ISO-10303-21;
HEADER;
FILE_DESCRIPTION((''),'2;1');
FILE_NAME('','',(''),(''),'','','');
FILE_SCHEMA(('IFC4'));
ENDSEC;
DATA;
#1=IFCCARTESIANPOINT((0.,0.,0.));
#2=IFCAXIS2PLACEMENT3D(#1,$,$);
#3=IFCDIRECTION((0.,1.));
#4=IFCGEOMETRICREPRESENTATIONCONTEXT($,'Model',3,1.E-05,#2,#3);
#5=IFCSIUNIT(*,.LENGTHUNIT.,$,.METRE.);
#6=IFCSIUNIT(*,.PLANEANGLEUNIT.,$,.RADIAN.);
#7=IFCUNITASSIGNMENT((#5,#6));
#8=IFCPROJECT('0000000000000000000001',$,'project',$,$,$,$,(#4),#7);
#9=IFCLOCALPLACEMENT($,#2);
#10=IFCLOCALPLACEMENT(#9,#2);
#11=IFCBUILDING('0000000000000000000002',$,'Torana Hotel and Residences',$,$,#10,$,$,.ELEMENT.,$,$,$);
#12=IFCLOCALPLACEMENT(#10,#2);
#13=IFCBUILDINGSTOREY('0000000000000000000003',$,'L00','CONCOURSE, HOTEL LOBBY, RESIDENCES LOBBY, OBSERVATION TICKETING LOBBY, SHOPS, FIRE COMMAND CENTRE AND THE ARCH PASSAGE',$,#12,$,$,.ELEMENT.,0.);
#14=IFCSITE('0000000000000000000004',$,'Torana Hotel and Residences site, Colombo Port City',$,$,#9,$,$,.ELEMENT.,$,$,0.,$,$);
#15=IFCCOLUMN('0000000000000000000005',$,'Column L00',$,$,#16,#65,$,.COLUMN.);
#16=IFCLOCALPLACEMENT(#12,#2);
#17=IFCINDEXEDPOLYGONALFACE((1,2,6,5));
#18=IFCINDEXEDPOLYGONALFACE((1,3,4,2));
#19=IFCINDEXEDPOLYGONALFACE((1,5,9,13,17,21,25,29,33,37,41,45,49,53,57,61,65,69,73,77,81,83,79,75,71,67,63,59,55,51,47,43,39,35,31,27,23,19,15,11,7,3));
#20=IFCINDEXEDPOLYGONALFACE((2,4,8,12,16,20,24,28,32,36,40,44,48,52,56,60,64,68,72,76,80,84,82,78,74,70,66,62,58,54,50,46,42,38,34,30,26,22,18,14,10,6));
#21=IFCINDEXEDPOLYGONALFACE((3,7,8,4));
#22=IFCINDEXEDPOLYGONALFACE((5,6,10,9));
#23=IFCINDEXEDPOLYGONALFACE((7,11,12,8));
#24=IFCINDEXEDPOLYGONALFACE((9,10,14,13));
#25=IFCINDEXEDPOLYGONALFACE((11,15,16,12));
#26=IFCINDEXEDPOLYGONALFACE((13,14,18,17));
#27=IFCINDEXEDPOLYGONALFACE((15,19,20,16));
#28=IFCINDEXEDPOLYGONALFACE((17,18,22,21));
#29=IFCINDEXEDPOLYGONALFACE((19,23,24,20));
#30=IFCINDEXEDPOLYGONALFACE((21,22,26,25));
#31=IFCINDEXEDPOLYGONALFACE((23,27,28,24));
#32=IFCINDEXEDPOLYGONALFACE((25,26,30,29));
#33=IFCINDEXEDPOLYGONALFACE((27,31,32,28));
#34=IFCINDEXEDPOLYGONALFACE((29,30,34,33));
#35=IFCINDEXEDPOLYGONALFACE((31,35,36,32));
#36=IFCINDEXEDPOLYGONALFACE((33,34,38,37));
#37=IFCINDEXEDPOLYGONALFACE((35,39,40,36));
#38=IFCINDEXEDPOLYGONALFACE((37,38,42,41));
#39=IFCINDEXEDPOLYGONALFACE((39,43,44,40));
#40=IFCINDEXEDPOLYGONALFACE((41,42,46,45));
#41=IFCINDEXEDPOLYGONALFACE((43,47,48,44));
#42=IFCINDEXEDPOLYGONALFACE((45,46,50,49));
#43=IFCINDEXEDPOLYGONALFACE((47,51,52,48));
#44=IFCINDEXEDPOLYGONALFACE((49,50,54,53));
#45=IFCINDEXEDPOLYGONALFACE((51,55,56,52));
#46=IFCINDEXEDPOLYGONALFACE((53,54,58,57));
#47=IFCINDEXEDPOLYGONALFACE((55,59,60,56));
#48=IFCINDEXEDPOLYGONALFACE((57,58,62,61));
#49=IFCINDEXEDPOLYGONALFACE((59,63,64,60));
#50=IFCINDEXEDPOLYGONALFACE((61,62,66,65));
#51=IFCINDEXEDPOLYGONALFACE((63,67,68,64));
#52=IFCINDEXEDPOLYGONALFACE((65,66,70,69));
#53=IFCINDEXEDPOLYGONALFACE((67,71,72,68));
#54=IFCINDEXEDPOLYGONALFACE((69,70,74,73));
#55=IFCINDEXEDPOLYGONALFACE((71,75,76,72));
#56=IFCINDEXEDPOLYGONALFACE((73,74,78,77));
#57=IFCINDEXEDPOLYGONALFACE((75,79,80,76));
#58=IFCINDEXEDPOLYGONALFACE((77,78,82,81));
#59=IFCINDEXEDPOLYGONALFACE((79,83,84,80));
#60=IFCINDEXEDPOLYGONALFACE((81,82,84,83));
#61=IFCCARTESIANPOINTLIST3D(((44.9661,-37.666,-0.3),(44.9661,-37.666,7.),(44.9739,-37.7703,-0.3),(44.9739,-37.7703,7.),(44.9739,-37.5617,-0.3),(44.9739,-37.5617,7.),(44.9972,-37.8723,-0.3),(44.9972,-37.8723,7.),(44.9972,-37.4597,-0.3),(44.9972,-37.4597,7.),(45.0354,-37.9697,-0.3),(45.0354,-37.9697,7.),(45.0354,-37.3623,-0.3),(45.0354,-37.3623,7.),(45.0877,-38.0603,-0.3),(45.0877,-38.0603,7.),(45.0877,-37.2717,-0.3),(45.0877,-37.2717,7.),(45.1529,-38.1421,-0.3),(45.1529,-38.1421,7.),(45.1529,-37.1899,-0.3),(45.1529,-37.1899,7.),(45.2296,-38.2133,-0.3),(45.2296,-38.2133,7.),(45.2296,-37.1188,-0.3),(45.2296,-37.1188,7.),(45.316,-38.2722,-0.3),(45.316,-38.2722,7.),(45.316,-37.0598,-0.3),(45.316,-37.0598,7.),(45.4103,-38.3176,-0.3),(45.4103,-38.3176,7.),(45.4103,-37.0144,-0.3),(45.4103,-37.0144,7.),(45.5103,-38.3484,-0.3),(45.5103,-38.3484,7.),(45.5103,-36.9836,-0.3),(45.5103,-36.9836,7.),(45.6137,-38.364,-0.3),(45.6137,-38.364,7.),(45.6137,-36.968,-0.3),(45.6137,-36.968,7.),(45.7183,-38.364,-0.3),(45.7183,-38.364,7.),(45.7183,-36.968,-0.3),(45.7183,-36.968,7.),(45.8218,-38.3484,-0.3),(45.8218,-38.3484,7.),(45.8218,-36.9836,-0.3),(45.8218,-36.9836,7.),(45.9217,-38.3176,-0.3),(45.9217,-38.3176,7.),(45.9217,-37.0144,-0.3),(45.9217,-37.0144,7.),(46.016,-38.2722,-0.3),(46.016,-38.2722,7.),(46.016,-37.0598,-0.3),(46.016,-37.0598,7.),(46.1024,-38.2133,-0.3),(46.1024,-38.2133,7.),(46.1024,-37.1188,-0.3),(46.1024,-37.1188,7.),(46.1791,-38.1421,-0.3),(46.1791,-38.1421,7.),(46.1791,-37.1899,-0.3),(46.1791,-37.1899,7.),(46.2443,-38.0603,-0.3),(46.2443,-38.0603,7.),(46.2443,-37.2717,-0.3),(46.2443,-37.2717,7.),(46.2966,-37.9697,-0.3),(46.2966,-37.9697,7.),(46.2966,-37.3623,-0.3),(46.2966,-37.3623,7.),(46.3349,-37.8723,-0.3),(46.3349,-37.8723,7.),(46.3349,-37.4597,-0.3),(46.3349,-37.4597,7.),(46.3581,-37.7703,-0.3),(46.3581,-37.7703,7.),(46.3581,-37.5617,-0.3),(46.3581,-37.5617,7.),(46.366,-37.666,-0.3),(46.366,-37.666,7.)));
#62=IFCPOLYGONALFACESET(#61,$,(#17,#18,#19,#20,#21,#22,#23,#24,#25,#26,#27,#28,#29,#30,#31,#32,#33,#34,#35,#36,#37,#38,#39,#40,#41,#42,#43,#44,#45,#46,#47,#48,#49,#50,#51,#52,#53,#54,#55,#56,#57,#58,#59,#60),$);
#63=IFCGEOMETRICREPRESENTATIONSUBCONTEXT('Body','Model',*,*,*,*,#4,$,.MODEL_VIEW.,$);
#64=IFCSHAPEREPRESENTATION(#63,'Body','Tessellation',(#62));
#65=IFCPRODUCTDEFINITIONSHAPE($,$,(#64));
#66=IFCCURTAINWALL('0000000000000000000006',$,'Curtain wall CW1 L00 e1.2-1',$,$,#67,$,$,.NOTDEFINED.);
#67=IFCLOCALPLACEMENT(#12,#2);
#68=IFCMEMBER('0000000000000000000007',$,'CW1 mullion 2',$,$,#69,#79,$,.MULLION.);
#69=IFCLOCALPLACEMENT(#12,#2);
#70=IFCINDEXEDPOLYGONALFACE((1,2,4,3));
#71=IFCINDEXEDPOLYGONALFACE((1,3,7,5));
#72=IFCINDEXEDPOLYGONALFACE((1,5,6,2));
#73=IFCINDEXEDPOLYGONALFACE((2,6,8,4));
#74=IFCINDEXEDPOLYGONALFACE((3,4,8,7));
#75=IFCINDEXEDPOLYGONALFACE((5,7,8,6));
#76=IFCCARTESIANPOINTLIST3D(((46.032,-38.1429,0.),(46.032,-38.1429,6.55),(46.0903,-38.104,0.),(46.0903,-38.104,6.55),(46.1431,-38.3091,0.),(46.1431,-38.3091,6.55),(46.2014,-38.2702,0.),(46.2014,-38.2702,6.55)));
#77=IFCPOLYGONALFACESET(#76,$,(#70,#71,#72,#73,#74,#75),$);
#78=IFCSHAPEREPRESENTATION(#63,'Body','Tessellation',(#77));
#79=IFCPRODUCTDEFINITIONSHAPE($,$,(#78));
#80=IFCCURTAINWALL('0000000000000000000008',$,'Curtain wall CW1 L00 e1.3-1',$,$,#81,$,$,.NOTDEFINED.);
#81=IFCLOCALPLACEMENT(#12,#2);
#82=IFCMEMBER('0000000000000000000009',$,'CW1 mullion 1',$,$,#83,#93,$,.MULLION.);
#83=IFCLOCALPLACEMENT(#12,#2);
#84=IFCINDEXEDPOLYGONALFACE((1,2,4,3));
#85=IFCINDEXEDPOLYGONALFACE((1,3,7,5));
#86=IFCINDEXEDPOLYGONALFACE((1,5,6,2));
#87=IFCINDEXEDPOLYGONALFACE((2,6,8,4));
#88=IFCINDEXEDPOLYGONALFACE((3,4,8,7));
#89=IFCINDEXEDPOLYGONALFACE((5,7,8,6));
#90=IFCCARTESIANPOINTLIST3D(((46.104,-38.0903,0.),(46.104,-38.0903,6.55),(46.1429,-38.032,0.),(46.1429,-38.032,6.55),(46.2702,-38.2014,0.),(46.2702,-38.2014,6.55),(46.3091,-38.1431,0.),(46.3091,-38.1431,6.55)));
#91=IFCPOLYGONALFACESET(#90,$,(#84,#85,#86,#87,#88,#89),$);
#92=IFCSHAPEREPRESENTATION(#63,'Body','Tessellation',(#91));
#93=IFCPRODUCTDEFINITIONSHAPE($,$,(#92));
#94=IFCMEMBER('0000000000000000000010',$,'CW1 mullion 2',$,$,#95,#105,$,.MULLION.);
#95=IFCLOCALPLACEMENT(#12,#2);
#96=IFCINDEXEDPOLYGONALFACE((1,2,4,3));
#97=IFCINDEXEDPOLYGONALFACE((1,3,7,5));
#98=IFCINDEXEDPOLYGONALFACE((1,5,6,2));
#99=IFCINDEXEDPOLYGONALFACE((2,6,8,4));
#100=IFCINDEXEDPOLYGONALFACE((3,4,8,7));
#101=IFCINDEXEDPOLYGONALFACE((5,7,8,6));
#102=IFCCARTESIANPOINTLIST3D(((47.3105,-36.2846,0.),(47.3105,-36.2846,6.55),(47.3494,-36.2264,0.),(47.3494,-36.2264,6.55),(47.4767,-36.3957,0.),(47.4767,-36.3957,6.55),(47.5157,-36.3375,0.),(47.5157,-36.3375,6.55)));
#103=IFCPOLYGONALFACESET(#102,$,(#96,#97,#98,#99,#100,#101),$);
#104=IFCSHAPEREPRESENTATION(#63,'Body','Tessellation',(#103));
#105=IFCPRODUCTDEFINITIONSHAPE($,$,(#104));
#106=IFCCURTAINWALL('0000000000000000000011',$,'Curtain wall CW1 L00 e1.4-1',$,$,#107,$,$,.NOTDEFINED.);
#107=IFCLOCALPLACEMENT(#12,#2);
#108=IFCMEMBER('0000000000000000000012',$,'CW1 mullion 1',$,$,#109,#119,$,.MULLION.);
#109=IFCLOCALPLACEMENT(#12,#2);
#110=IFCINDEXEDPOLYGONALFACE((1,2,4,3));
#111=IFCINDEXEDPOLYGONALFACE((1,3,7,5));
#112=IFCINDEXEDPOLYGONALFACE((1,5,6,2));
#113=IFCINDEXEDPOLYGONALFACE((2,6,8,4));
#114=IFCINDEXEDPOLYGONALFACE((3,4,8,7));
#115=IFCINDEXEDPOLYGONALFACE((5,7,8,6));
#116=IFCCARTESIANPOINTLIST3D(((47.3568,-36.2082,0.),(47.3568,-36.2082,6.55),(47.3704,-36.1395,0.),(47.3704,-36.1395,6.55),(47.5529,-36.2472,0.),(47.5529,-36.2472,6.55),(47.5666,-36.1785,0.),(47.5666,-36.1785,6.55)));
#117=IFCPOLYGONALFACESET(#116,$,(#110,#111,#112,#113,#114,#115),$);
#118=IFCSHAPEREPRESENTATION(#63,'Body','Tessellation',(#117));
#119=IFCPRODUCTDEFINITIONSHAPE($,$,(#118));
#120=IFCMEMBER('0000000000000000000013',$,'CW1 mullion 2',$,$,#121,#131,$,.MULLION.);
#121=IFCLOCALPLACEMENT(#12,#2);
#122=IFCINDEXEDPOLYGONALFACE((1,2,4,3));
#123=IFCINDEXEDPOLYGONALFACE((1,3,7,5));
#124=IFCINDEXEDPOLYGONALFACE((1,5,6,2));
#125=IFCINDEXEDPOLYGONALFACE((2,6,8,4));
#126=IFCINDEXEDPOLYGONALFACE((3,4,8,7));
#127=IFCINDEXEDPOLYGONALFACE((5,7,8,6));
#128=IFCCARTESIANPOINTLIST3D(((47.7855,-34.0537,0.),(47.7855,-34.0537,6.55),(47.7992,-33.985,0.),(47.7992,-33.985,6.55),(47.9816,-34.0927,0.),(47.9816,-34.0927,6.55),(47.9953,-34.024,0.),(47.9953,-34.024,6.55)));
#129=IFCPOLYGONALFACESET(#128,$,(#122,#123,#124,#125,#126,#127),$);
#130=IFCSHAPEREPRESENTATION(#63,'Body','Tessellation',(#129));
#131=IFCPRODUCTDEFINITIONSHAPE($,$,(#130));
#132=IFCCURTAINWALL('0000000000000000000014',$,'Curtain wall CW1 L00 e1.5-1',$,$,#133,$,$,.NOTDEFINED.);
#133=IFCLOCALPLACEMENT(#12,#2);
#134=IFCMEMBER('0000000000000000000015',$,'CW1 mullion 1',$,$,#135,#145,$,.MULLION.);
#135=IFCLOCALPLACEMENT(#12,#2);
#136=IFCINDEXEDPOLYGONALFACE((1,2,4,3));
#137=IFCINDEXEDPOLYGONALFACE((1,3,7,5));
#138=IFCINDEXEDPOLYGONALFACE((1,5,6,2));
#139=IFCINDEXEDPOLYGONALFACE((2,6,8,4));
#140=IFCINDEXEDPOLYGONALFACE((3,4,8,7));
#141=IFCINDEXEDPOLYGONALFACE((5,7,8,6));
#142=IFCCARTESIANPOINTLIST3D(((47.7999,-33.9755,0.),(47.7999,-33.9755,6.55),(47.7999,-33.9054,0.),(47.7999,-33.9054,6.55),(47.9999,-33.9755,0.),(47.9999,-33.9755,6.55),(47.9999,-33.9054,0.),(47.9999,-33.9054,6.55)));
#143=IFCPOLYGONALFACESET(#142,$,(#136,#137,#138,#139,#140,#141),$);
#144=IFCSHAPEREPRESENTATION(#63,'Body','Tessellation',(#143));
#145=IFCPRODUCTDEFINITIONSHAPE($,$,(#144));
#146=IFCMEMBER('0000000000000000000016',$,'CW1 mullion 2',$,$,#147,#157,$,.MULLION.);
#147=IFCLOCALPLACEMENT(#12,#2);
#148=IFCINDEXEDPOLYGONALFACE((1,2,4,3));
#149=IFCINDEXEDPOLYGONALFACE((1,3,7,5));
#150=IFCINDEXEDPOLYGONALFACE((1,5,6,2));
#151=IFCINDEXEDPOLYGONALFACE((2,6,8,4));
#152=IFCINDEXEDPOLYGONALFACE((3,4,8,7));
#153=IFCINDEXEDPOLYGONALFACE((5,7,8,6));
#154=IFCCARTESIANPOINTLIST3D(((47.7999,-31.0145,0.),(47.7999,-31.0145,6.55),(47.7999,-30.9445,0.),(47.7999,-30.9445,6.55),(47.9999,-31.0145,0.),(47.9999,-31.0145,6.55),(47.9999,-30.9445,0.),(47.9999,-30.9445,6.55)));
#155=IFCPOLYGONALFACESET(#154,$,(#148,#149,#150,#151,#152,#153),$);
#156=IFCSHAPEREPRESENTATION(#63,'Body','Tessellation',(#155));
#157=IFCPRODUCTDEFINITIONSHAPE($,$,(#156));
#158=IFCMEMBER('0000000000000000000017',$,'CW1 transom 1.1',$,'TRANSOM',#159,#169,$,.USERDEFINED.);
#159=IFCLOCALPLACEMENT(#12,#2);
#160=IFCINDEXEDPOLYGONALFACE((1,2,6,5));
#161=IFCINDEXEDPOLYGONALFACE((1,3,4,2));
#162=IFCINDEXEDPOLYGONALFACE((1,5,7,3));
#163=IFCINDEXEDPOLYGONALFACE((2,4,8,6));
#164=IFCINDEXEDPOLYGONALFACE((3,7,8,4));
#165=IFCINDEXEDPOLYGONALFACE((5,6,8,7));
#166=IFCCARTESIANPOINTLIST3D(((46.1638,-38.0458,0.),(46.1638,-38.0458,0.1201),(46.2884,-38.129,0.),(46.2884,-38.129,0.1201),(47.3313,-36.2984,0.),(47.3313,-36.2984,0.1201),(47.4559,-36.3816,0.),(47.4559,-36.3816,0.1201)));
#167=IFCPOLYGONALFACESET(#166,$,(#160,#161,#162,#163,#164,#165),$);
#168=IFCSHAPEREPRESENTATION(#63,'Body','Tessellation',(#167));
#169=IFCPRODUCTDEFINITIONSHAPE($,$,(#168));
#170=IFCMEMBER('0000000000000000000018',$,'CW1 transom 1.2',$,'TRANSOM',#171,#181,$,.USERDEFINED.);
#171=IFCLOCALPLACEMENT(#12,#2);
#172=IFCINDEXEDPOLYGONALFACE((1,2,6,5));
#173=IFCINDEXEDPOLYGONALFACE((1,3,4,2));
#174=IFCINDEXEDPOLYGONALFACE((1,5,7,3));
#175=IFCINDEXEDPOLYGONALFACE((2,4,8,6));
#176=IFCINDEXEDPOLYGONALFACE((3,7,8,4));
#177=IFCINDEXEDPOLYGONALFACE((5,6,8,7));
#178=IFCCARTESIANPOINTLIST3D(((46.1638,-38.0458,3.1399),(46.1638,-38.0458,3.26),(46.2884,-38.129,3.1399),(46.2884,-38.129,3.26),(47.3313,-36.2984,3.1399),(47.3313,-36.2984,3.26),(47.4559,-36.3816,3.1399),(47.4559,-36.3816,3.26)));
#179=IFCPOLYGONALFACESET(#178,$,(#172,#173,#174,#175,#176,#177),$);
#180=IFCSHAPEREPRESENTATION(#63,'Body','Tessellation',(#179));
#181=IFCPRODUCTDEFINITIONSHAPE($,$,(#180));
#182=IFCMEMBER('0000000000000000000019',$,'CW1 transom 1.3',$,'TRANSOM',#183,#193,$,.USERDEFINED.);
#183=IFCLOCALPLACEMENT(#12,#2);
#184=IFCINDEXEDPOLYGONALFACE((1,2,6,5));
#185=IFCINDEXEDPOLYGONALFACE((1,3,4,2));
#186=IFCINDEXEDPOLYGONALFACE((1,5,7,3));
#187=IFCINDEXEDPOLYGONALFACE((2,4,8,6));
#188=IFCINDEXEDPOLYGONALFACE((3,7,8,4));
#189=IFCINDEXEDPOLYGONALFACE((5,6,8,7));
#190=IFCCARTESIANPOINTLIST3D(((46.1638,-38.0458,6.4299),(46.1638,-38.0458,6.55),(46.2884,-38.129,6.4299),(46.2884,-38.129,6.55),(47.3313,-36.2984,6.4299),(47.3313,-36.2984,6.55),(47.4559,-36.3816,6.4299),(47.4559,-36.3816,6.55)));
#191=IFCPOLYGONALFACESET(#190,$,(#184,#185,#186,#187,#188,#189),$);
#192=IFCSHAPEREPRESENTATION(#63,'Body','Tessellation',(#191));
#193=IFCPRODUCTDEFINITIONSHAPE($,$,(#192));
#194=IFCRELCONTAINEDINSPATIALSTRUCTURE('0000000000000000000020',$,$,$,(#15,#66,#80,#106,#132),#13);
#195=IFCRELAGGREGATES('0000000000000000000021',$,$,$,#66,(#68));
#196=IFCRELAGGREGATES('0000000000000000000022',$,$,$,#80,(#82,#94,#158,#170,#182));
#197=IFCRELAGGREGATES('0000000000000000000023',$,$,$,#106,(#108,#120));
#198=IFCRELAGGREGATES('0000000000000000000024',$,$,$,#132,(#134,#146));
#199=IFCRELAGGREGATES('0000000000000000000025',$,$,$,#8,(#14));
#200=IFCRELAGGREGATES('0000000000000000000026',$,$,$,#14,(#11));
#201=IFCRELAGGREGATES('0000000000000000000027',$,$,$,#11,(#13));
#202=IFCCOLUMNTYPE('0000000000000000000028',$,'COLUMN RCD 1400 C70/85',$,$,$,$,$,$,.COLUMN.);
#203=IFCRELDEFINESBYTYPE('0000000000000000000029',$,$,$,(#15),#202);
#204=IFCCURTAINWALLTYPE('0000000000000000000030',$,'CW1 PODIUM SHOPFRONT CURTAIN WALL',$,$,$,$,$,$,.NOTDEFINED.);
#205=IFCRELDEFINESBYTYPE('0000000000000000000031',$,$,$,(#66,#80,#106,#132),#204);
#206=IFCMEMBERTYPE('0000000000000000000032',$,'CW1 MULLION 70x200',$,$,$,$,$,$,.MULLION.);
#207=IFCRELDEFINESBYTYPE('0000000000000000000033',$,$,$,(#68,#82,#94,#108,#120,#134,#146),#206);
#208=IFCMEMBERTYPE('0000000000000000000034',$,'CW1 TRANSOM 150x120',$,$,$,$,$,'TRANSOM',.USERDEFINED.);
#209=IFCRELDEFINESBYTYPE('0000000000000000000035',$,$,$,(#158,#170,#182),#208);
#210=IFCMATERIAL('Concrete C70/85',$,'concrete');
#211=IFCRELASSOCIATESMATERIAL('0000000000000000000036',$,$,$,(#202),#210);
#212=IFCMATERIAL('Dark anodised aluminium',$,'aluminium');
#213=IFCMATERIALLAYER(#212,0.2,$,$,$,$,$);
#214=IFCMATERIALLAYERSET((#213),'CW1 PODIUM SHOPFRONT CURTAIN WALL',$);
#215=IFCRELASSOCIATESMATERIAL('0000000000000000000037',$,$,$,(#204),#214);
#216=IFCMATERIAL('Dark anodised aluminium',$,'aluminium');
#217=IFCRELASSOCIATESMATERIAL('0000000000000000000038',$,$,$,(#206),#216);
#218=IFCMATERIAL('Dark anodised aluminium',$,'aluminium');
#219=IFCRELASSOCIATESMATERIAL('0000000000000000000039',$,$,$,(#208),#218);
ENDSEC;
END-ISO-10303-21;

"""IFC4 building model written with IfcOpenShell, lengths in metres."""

from ifc_helpers import new_model, si_unit, direction, frame, origin, origin_2d, place, context, subcontext, project, spatial, rectangle, circle, extrude, material, layer, layer_set, material_profile, profile_set, type_object, element, aggregate, save


model = new_model("IFC4")

# Units and contexts
model_context = context("Model", 3, precision=1e-05, world=origin(), true_north=direction((0.0, 1.0)))
body_context = subcontext(model_context, "Body", "Model", "MODEL_VIEW")
ifc_project = project(units=[si_unit("LENGTHUNIT", "METRE"), si_unit("PLANEANGLEUNIT", "RADIAN")], contexts=[model_context])

# Site, building, storey
site_placement = place(None, origin())
site = spatial("IfcSite", under=ifc_project, at=site_placement, Name="Torana Hotel and Residences site, Colombo Port City", CompositionType="ELEMENT", RefElevation=0.0)
building_placement = place(site_placement, origin())
building = spatial("IfcBuilding", under=site, at=building_placement, Name="Torana Hotel and Residences", CompositionType="ELEMENT")
storey_placement = place(building_placement, origin())
storey = spatial("IfcBuildingStorey", under=building, at=storey_placement, Name="L00", Description="CONCOURSE, HOTEL LOBBY, RESIDENCES LOBBY, OBSERVATION TICKETING LOBBY, SHOPS, FIRE COMMAND CENTRE AND THE ARCH PASSAGE", CompositionType="ELEMENT", Elevation=0.0)

# Column
ifc_material_1 = material(Name="Concrete C70/85", Category="concrete")
ifc_material_profile_1 = material_profile(ifc_material_1, circle(Radius=0.7, at=origin_2d()), Name="RCD 1400")
ifc_profile_set_1 = profile_set([ifc_material_profile_1], Name="Concrete C70/85")
column_type = type_object("IfcColumnType", Name="COLUMN RCD 1400 C70/85", PredefinedType="COLUMN", material=ifc_profile_set_1)
column_placement = place(storey_placement, frame((45.666, -37.666, -0.3), z_axis=(0.0, 0.0, 1.0), x_axis=(1.0, 0.0, 0.0)))
element("IfcColumn", 1, at=column_placement, inside=storey, type_object=column_type, Name="Column L00", PredefinedType="COLUMN", context=body_context, shape_type="SweptSolid", body=[
    extrude(circle(Radius=0.7, at=origin_2d()), origin(), (0.0, 0.0, 1.0), 7.3),
])

# Curtain wall, member
ifc_material_2 = material(Name="Dark anodised aluminium", Category="aluminium")
ifc_layer_1 = layer(ifc_material_2, 0.2)
ifc_layer_set_1 = layer_set([ifc_layer_1], Name="CW1 PODIUM SHOPFRONT CURTAIN WALL")
curtain_wall_type = type_object("IfcCurtainWallType", Name="CW1 PODIUM SHOPFRONT CURTAIN WALL", PredefinedType="NOTDEFINED", material=ifc_layer_set_1)
curtain_wall_1_placement = place(storey_placement, origin())
curtain_wall_1 = element("IfcCurtainWall", 2, at=curtain_wall_1_placement, inside=storey, type_object=curtain_wall_type, Name="Curtain wall CW1 L00 e1.2-1", PredefinedType="NOTDEFINED")
ifc_material_3 = material(Name="Dark anodised aluminium", Category="aluminium")
ifc_material_profile_2 = material_profile(ifc_material_3, rectangle(XDim=0.2, YDim=0.0701, at=origin_2d()), Name="CW1 MULLION 70x200")
ifc_profile_set_2 = profile_set([ifc_material_profile_2], Name="Dark anodised aluminium")
member_type_1 = type_object("IfcMemberType", Name="CW1 MULLION 70x200", PredefinedType="MULLION", material=ifc_profile_set_2)
member_1_placement = place(storey_placement, frame((46.1167, -38.2065, 0.0), z_axis=(0.0, 0.0, 1.0), x_axis=(-0.555585, 0.83146, 0.0)))
member_1 = element("IfcMember", 3, at=member_1_placement, type_object=member_type_1, Name="CW1 mullion 2", PredefinedType="MULLION", context=body_context, shape_type="SweptSolid", body=[
    extrude(rectangle(XDim=0.2, YDim=0.0701, at=origin_2d()), origin(), (0.0, 0.0, 1.0), 6.55),
])

# Curtain walls, members
curtain_wall_2_placement = place(storey_placement, origin())
curtain_wall_2 = element("IfcCurtainWall", 4, at=curtain_wall_2_placement, inside=storey, type_object=curtain_wall_type, Name="Curtain wall CW1 L00 e1.3-1", PredefinedType="NOTDEFINED")
member_2_placement = place(storey_placement, frame((46.2065, -38.1167, 0.0), z_axis=(0.0, 0.0, 1.0), x_axis=(-0.83146, 0.555585, 0.0)))
member_2 = element("IfcMember", 5, at=member_2_placement, type_object=member_type_1, Name="CW1 mullion 1", PredefinedType="MULLION", context=body_context, shape_type="SweptSolid", body=[
    extrude(rectangle(XDim=0.2, YDim=0.0701, at=origin_2d()), origin(), (0.0, 0.0, 1.0), 6.55),
])
member_3_placement = place(storey_placement, frame((47.4131, -36.311, 0.0), z_axis=(0.0, 0.0, 1.0), x_axis=(-0.83146, 0.555585, 0.0)))
member_3 = element("IfcMember", 6, at=member_3_placement, type_object=member_type_1, Name="CW1 mullion 2", PredefinedType="MULLION", context=body_context, shape_type="SweptSolid", body=[
    extrude(rectangle(XDim=0.2, YDim=0.0701, at=origin_2d()), origin(), (0.0, 0.0, 1.0), 6.55),
])
curtain_wall_3_placement = place(storey_placement, origin())
curtain_wall_3 = element("IfcCurtainWall", 7, at=curtain_wall_3_placement, inside=storey, type_object=curtain_wall_type, Name="Curtain wall CW1 L00 e1.4-1", PredefinedType="NOTDEFINED")
member_4_placement = place(storey_placement, frame((47.4617, -36.1934, 0.0), z_axis=(0.0, 0.0, 1.0), x_axis=(-0.980787, 0.195081, 0.0)))
member_4 = element("IfcMember", 8, at=member_4_placement, type_object=member_type_1, Name="CW1 mullion 1", PredefinedType="MULLION", context=body_context, shape_type="SweptSolid", body=[
    extrude(rectangle(XDim=0.2, YDim=0.0701, at=origin_2d()), origin(), (0.0, 0.0, 1.0), 6.55),
])
member_5_placement = place(storey_placement, frame((47.8904, -34.0388, 0.0), z_axis=(0.0, 0.0, 1.0), x_axis=(-0.980787, 0.195081, 0.0)))
member_5 = element("IfcMember", 9, at=member_5_placement, type_object=member_type_1, Name="CW1 mullion 2", PredefinedType="MULLION", context=body_context, shape_type="SweptSolid", body=[
    extrude(rectangle(XDim=0.2, YDim=0.0701, at=origin_2d()), origin(), (0.0, 0.0, 1.0), 6.55),
])
curtain_wall_4_placement = place(storey_placement, origin())
curtain_wall_4 = element("IfcCurtainWall", 10, at=curtain_wall_4_placement, inside=storey, type_object=curtain_wall_type, Name="Curtain wall CW1 L00 e1.5-1", PredefinedType="NOTDEFINED")
member_6_placement = place(storey_placement, frame((47.8999, -33.9404, 0.0), z_axis=(0.0, 0.0, 1.0), x_axis=(-1.0, 0.0, 0.0)))
member_6 = element("IfcMember", 11, at=member_6_placement, type_object=member_type_1, Name="CW1 mullion 1", PredefinedType="MULLION", context=body_context, shape_type="SweptSolid", body=[
    extrude(rectangle(XDim=0.2, YDim=0.0701, at=origin_2d()), origin(), (0.0, 0.0, 1.0), 6.55),
])
member_7_placement = place(storey_placement, frame((47.8999, -30.9795, 0.0), z_axis=(0.0, 0.0, 1.0), x_axis=(-1.0, 0.0, 0.0)))
member_7 = element("IfcMember", 12, at=member_7_placement, type_object=member_type_1, Name="CW1 mullion 2", PredefinedType="MULLION", context=body_context, shape_type="SweptSolid", body=[
    extrude(rectangle(XDim=0.2, YDim=0.0701, at=origin_2d()), origin(), (0.0, 0.0, 1.0), 6.55),
])

# Members
ifc_material_4 = material(Name="Dark anodised aluminium", Category="aluminium")
ifc_material_profile_3 = material_profile(ifc_material_4, rectangle(XDim=0.1499, YDim=0.1201, at=origin_2d()), Name="CW1 TRANSOM 150x120")
ifc_profile_set_3 = profile_set([ifc_material_profile_3], Name="Dark anodised aluminium")
member_type_2 = type_object("IfcMemberType", Name="CW1 TRANSOM 150x120", ElementType="TRANSOM", PredefinedType="USERDEFINED", material=ifc_profile_set_3)
member_8_placement = place(storey_placement, frame((46.2261, -38.0874, 0.0601), z_axis=(0.555558, 0.831478, 0.0), x_axis=(-0.831478, 0.555558, 0.0)))
member_8 = element("IfcMember", 13, at=member_8_placement, type_object=member_type_2, Name="CW1 transom 1.1", ObjectType="TRANSOM", PredefinedType="USERDEFINED", context=body_context, shape_type="SweptSolid", body=[
    extrude(rectangle(XDim=0.1499, YDim=0.1201, at=origin_2d()), origin(), (0.0, 0.0, 1.0), 2.1016),
])
member_9_placement = place(storey_placement, frame((46.2261, -38.0874, 3.2), z_axis=(0.555558, 0.831478, 0.0), x_axis=(-0.831478, 0.555558, 0.0)))
member_9 = element("IfcMember", 14, at=member_9_placement, type_object=member_type_2, Name="CW1 transom 1.2", ObjectType="TRANSOM", PredefinedType="USERDEFINED", context=body_context, shape_type="SweptSolid", body=[
    extrude(rectangle(XDim=0.1499, YDim=0.1201, at=origin_2d()), origin(), (0.0, 0.0, 1.0), 2.1016),
])
member_10_placement = place(storey_placement, frame((46.2261, -38.0874, 6.49), z_axis=(0.555558, 0.831478, 0.0), x_axis=(-0.831478, 0.555558, 0.0)))
member_10 = element("IfcMember", 15, at=member_10_placement, type_object=member_type_2, Name="CW1 transom 1.3", ObjectType="TRANSOM", PredefinedType="USERDEFINED", context=body_context, shape_type="SweptSolid", body=[
    extrude(rectangle(XDim=0.1499, YDim=0.1201, at=origin_2d()), origin(), (0.0, 0.0, 1.0), 2.1016),
])

aggregate(curtain_wall_1, [member_1])
aggregate(curtain_wall_2, [member_2, member_3, member_8, member_9, member_10])
aggregate(curtain_wall_3, [member_4, member_5])
aggregate(curtain_wall_4, [member_6, member_7])

save(model, "model.ifc")
